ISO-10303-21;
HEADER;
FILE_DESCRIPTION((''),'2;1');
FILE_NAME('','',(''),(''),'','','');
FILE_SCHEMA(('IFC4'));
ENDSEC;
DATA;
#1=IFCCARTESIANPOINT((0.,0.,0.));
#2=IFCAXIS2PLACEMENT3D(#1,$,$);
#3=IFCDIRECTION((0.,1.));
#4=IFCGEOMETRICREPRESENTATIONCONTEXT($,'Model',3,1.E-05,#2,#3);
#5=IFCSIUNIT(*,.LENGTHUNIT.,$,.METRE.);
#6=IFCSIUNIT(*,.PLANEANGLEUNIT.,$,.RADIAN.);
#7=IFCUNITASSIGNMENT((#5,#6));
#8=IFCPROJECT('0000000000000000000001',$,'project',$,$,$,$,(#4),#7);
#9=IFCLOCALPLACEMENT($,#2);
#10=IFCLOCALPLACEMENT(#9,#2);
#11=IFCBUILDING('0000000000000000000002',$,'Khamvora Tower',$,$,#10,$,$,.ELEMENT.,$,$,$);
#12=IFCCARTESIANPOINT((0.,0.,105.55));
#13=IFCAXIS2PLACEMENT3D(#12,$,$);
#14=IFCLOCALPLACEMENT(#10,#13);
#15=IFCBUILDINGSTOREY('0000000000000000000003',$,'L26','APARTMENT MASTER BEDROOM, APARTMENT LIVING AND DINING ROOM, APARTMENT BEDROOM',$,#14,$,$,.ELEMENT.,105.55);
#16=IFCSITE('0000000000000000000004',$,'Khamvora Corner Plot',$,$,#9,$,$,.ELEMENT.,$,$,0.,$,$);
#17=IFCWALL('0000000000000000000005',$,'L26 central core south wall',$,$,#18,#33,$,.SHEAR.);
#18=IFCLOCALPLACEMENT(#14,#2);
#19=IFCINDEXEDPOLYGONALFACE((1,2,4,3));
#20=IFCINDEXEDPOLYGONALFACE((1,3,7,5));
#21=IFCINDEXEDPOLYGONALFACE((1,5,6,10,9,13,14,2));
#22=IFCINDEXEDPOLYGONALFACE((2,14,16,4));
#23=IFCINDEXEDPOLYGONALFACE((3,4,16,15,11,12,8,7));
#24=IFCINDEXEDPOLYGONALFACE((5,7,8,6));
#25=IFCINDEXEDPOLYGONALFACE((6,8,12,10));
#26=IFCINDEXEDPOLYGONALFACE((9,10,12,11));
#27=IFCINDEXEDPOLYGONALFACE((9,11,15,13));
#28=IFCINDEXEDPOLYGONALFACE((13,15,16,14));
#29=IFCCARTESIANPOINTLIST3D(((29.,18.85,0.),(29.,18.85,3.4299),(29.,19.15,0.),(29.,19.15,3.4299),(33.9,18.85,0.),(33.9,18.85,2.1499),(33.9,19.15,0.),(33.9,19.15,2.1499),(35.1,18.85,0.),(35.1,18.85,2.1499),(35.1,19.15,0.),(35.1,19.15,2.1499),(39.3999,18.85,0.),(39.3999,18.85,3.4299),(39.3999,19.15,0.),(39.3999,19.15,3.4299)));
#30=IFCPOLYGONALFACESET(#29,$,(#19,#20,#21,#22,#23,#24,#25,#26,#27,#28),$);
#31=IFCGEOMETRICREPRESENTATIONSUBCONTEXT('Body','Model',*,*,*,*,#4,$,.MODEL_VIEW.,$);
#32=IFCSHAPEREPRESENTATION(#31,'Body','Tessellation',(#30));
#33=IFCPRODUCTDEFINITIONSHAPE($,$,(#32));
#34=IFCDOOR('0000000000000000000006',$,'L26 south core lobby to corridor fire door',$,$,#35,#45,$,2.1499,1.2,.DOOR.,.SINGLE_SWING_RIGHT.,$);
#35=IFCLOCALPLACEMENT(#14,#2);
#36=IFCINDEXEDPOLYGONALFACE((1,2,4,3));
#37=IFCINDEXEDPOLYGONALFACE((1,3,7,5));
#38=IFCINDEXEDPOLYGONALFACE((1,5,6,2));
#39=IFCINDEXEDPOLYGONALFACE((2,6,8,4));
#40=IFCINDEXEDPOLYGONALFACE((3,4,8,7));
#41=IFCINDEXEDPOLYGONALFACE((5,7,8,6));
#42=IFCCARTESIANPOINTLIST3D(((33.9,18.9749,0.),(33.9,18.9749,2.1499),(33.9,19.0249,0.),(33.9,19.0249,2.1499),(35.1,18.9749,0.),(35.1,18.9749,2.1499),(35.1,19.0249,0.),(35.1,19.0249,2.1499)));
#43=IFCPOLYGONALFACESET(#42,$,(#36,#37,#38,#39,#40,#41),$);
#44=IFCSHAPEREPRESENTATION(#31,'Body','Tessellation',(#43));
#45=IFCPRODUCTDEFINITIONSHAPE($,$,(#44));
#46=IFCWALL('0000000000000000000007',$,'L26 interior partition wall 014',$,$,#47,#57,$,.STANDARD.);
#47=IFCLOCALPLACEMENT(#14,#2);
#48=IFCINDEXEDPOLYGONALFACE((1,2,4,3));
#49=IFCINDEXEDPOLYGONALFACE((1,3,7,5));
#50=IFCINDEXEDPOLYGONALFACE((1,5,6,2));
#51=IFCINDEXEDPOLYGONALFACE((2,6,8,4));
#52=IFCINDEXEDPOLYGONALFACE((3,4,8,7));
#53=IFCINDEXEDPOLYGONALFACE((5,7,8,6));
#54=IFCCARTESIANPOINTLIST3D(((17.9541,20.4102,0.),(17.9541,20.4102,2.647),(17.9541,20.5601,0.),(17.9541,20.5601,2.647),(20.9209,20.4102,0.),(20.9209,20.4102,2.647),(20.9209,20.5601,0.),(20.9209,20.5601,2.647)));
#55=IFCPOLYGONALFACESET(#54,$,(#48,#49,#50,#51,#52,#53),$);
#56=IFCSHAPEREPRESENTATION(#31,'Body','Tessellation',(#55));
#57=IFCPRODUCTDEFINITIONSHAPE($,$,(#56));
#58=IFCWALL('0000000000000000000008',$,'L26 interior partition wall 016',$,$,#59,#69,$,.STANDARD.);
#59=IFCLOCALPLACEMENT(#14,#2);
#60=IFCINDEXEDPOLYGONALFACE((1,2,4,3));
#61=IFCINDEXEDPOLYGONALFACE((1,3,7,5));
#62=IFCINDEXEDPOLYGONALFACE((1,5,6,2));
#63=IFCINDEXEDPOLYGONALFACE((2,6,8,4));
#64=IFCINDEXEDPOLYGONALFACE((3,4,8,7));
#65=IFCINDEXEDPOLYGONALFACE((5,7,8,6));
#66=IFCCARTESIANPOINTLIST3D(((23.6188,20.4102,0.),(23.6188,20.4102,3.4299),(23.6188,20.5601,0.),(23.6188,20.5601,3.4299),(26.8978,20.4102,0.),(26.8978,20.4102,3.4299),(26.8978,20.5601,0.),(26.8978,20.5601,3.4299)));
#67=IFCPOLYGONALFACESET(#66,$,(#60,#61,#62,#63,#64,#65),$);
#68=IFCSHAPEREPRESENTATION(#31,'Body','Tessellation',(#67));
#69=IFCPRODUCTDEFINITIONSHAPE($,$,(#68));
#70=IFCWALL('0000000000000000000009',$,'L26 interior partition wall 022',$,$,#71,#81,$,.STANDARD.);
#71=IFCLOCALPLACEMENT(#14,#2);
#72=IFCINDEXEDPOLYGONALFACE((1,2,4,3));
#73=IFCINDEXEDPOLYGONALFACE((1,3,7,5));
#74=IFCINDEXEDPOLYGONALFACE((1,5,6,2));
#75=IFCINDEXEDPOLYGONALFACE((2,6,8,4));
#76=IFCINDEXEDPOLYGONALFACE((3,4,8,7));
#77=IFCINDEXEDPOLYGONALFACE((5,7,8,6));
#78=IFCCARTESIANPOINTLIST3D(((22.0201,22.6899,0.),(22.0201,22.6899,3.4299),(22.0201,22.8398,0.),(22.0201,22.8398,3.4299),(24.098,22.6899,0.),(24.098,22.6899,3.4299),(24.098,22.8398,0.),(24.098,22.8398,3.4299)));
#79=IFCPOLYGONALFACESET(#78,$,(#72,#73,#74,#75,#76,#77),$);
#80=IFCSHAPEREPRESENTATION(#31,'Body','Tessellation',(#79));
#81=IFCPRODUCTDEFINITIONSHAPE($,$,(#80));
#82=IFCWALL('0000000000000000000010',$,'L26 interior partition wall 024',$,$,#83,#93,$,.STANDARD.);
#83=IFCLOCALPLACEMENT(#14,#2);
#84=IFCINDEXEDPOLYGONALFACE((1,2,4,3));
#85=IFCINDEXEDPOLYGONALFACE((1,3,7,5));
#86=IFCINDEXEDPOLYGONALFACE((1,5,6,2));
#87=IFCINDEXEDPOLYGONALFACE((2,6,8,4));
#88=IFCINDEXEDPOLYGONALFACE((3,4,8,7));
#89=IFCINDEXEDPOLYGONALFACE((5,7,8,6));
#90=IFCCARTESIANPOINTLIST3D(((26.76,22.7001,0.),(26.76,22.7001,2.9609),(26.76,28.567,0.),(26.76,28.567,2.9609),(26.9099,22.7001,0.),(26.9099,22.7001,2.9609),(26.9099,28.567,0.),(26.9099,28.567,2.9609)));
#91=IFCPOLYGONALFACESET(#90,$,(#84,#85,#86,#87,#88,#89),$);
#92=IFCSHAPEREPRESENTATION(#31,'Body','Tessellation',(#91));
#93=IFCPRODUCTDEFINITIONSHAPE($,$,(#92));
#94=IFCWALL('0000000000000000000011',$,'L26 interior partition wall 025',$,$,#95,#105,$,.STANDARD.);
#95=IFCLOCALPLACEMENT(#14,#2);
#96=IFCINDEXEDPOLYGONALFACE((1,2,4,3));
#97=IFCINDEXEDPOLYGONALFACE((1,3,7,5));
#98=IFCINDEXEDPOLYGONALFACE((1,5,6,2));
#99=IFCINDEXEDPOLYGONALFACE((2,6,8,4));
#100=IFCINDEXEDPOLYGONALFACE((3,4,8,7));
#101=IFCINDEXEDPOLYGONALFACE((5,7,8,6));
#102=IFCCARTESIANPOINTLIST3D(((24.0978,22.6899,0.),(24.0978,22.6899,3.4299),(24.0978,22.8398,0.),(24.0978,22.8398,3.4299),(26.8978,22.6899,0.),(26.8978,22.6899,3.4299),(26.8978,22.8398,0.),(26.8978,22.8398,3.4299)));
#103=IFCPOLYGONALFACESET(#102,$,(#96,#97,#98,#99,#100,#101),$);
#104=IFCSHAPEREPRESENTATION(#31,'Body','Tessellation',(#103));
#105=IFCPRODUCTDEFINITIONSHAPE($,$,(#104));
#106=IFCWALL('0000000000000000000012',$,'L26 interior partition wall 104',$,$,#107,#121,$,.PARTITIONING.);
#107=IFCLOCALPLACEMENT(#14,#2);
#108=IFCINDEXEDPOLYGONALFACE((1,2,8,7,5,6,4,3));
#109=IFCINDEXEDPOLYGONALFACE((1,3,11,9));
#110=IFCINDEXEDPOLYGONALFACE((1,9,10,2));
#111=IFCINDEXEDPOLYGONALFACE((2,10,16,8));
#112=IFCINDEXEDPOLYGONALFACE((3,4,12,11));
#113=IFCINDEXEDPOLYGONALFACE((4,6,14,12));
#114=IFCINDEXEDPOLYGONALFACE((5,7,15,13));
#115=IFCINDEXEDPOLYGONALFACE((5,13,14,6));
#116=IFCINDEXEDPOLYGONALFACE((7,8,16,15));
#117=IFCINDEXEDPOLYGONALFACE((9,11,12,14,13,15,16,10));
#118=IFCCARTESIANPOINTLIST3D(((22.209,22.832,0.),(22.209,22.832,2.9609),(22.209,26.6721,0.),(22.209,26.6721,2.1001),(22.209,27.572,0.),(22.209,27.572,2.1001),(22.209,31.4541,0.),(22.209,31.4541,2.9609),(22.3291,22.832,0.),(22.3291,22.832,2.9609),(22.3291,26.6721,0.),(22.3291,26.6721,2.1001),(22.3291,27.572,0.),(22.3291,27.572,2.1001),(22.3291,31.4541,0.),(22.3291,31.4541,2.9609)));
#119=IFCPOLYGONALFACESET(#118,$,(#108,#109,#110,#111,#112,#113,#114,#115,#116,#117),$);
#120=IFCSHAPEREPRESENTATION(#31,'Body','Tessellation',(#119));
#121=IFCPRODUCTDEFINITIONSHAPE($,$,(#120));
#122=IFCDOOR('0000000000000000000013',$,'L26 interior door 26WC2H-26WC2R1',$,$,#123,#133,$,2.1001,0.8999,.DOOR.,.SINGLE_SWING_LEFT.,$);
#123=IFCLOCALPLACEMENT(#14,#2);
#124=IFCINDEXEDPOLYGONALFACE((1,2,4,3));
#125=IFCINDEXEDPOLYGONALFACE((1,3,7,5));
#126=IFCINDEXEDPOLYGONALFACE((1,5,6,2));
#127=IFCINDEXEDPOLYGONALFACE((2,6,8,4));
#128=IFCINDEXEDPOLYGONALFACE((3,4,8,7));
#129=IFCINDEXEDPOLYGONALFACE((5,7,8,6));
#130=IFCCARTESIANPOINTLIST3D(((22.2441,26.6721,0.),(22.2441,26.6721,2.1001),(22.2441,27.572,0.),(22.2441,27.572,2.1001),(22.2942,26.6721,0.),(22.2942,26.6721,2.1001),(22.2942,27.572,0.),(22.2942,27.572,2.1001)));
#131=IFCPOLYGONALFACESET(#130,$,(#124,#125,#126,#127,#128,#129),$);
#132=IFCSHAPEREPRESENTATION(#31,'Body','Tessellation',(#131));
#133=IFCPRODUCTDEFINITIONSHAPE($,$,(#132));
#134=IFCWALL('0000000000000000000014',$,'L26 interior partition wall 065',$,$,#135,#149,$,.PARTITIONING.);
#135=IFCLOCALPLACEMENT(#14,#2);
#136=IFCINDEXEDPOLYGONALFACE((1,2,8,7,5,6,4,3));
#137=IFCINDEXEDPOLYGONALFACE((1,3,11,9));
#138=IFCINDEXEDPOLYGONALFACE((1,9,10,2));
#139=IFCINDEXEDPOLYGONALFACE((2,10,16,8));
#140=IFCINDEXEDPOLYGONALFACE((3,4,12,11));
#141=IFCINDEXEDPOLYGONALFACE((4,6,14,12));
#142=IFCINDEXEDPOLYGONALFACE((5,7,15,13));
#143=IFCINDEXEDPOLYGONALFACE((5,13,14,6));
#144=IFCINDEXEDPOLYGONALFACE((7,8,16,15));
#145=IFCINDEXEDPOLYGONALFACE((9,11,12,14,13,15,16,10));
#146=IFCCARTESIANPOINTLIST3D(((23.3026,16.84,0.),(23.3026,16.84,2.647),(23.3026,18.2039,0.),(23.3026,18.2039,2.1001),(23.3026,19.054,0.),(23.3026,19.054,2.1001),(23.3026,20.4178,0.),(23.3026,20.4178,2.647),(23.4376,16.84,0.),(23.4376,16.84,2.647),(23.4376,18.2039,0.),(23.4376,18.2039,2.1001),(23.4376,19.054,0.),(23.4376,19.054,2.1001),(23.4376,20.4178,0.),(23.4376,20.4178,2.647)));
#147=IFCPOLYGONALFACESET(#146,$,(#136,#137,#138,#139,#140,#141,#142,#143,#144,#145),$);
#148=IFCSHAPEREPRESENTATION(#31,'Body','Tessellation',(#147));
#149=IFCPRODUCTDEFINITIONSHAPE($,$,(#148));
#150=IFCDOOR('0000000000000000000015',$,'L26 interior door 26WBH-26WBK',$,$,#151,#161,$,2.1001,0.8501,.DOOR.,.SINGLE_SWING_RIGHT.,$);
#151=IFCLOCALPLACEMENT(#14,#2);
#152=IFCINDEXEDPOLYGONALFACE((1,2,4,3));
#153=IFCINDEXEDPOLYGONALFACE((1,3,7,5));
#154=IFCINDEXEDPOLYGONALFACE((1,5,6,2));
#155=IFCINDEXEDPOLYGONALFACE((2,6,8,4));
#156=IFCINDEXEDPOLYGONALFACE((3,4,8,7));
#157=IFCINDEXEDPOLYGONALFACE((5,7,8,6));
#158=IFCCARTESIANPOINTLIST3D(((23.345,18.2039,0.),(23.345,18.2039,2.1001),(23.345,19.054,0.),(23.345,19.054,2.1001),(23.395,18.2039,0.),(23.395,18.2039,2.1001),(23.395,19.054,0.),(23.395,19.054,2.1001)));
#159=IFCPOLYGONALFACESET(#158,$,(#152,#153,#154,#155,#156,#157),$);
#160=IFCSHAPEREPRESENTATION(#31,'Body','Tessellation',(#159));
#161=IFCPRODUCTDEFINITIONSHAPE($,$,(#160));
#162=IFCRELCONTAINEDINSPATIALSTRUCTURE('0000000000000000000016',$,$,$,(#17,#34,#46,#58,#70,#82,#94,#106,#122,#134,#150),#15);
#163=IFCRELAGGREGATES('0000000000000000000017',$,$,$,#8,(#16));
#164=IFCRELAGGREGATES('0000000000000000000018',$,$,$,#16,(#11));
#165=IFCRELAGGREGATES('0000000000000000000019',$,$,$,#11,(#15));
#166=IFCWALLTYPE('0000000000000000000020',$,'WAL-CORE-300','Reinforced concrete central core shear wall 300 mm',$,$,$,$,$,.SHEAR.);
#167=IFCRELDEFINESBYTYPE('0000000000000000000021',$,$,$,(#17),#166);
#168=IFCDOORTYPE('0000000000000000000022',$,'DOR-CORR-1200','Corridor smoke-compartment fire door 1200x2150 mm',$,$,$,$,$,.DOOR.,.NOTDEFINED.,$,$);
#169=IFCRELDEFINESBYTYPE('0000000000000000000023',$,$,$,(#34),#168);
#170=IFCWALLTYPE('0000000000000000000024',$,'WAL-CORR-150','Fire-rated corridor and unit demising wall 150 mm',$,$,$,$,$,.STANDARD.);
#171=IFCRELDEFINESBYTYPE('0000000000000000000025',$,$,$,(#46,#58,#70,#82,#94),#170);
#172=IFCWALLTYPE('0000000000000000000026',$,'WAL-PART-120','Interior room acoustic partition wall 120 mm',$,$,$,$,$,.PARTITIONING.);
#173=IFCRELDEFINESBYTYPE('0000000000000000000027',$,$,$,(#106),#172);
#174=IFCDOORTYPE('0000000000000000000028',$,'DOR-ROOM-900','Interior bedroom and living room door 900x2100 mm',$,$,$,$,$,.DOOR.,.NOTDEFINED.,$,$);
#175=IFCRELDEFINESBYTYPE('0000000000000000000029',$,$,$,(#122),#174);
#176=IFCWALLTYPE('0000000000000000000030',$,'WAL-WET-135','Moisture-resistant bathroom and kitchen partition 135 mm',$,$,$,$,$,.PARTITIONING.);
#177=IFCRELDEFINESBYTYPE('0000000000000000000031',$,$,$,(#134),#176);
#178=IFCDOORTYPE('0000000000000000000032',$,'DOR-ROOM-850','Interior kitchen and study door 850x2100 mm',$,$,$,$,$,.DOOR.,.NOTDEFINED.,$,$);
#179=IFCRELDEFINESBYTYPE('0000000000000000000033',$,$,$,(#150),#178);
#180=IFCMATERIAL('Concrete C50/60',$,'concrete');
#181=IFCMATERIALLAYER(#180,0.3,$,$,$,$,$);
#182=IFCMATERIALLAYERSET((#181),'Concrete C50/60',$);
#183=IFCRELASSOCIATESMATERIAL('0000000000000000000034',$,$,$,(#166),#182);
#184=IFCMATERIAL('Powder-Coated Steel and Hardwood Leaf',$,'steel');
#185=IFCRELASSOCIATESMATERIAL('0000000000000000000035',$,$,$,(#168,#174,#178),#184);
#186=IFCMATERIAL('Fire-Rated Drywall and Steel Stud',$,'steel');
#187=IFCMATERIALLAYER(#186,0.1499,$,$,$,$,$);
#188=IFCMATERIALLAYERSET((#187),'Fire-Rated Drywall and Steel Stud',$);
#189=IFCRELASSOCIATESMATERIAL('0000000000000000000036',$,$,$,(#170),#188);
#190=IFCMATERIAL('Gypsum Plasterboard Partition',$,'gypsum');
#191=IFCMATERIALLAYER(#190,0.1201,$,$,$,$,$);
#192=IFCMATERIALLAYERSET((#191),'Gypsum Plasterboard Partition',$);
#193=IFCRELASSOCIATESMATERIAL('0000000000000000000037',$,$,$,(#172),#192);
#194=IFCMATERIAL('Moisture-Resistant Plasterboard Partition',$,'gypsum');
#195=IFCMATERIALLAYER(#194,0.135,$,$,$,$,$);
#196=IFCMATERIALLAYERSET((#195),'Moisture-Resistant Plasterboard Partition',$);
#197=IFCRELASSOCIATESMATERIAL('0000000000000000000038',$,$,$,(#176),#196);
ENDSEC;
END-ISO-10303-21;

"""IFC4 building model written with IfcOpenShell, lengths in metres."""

from ifc_helpers import new_model, si_unit, direction, frame, frame_2d, origin, place, context, subcontext, project, spatial, rectangle, extrude, material, layer, layer_set, type_object, element, fill, save


model = new_model("IFC4")

# Units and contexts
model_context = context("Model", 3, precision=1e-05, world=origin(), true_north=direction((0.0, 1.0)))
body_context = subcontext(model_context, "Body", "Model", "MODEL_VIEW")
ifc_project = project(units=[si_unit("LENGTHUNIT", "METRE"), si_unit("PLANEANGLEUNIT", "RADIAN")], contexts=[model_context])

# Site, building, storey
site_placement = place(None, origin())
site = spatial("IfcSite", under=ifc_project, at=site_placement, Name="Khamvora Corner Plot", CompositionType="ELEMENT", RefElevation=0.0)
building_placement = place(site_placement, origin())
building = spatial("IfcBuilding", under=site, at=building_placement, Name="Khamvora Tower", CompositionType="ELEMENT")
storey_placement = place(building_placement, frame((0.0, 0.0, 105.55)))
storey = spatial("IfcBuildingStorey", under=building, at=storey_placement, Name="L26", Description="APARTMENT MASTER BEDROOM, APARTMENT LIVING AND DINING ROOM, APARTMENT BEDROOM", CompositionType="ELEMENT", Elevation=105.55)

# Shared definitions
ifc_material_1 = material(Name="Concrete C50/60", Category="concrete")
ifc_layer_1 = layer(ifc_material_1, 0.3)
ifc_layer_set_1 = layer_set([ifc_layer_1], Name="Concrete C50/60")
wall_type_1 = type_object("IfcWallType", Name="WAL-CORE-300", Description="Reinforced concrete central core shear wall 300 mm", PredefinedType="SHEAR", material=ifc_layer_set_1)

# Wall, opening, door
wall_1_placement = place(storey_placement, frame((29.0, 19.0, 0.0), z_axis=(0.0, 0.0, 1.0), x_axis=(1.0, 0.0, 0.0)))
wall_1 = element("IfcWall", 1, at=wall_1_placement, inside=storey, type_object=wall_type_1, Name="L26 central core south wall", PredefinedType="SHEAR", context=body_context, shape_type="SweptSolid", body=[
    extrude(rectangle(XDim=10.3999, YDim=0.3, at=frame_2d((5.2, 0.0))), origin(), (0.0, 0.0, 1.0), 3.4299),
])
opening_1_placement = place(wall_1_placement, frame((4.8999, 0.0, 0.0)))
opening_1 = element("IfcOpeningElement", 2, at=opening_1_placement, cuts=wall_1, PredefinedType="OPENING", context=body_context, shape_type="SweptSolid", body=[
    extrude(rectangle(XDim=1.2, YDim=2.1499, at=frame_2d((0.6001, 1.075))), frame((0.0, 0.1599, 0.0), z_axis=(0.0, -1.0, 0.0), x_axis=(1.0, 0.0, 0.0)), (0.0, 0.0, 1.0), 0.3201),
])
ifc_material_2 = material(Name="Powder-Coated Steel and Hardwood Leaf", Category="steel")
door_type_1 = type_object("IfcDoorType", Name="DOR-CORR-1200", Description="Corridor smoke-compartment fire door 1200x2150 mm", OperationType="NOTDEFINED", PredefinedType="DOOR", material=ifc_material_2)
door_1_placement = place(opening_1_placement, origin())
door_1 = element("IfcDoor", 3, at=door_1_placement, inside=storey, type_object=door_type_1, Name="L26 south core lobby to corridor fire door", OperationType="SINGLE_SWING_RIGHT", OverallHeight=2.1499, OverallWidth=1.2, PredefinedType="DOOR", context=body_context, shape_type="SweptSolid", body=[
    extrude(rectangle(XDim=1.2, YDim=2.1499, at=frame_2d((0.6001, 1.075))), frame((0.0, 0.0249, 0.0), z_axis=(0.0, -1.0, 0.0), x_axis=(1.0, 0.0, 0.0)), (0.0, 0.0, 1.0), 0.05),
])
fill(opening_1, door_1)
ifc_material_3 = material(Name="Fire-Rated Drywall and Steel Stud", Category="steel")
ifc_layer_2 = layer(ifc_material_3, 0.1499)
ifc_layer_set_2 = layer_set([ifc_layer_2], Name="Fire-Rated Drywall and Steel Stud")
wall_type_2 = type_object("IfcWallType", Name="WAL-CORR-150", Description="Fire-rated corridor and unit demising wall 150 mm", PredefinedType="STANDARD", material=ifc_layer_set_2)

# Walls
wall_2_placement = place(storey_placement, frame((20.9209, 20.4851, 0.0), z_axis=(0.0, 0.0, 1.0), x_axis=(-1.0, 0.0, 0.0)))
element("IfcWall", 4, at=wall_2_placement, inside=storey, type_object=wall_type_2, Name="L26 interior partition wall 014", PredefinedType="STANDARD", context=body_context, shape_type="SweptSolid", body=[
    extrude(rectangle(XDim=2.9668, YDim=0.1499, at=frame_2d((1.4834, 0.0))), origin(), (0.0, 0.0, 1.0), 2.647),
])
wall_3_placement = place(storey_placement, frame((26.8979, 20.4851, 0.0), z_axis=(0.0, 0.0, 1.0), x_axis=(-1.0, 0.0, 0.0)))
element("IfcWall", 5, at=wall_3_placement, inside=storey, type_object=wall_type_2, Name="L26 interior partition wall 016", PredefinedType="STANDARD", context=body_context, shape_type="SweptSolid", body=[
    extrude(rectangle(XDim=3.2791, YDim=0.1499, at=frame_2d((1.6396, 0.0))), origin(), (0.0, 0.0, 1.0), 3.4299),
])
wall_4_placement = place(storey_placement, frame((22.02, 22.7649, 0.0), z_axis=(0.0, 0.0, 1.0), x_axis=(1.0, 0.0, 0.0)))
element("IfcWall", 6, at=wall_4_placement, inside=storey, type_object=wall_type_2, Name="L26 interior partition wall 022", PredefinedType="STANDARD", context=body_context, shape_type="SweptSolid", body=[
    extrude(rectangle(XDim=2.0779, YDim=0.1499, at=frame_2d((1.0391, 0.0))), origin(), (0.0, 0.0, 1.0), 3.4299),
])
wall_5_placement = place(storey_placement, frame((26.835, 22.7, 0.0), z_axis=(0.0, 0.0, 1.0), x_axis=(0.0, 1.0, 0.0)))
element("IfcWall", 7, at=wall_5_placement, inside=storey, type_object=wall_type_2, Name="L26 interior partition wall 024", PredefinedType="STANDARD", context=body_context, shape_type="SweptSolid", body=[
    extrude(rectangle(XDim=5.8669, YDim=0.1499, at=frame_2d((2.9336, 0.0))), origin(), (0.0, 0.0, 1.0), 2.9609),
])
wall_6_placement = place(storey_placement, frame((24.0979, 22.7649, 0.0), z_axis=(0.0, 0.0, 1.0), x_axis=(1.0, 0.0, 0.0)))
element("IfcWall", 8, at=wall_6_placement, inside=storey, type_object=wall_type_2, Name="L26 interior partition wall 025", PredefinedType="STANDARD", context=body_context, shape_type="SweptSolid", body=[
    extrude(rectangle(XDim=2.8, YDim=0.1499, at=frame_2d((1.3999, 0.0))), origin(), (0.0, 0.0, 1.0), 3.4299),
])

# Walls, openings, doors
ifc_material_4 = material(Name="Gypsum Plasterboard Partition", Category="gypsum")
ifc_layer_3 = layer(ifc_material_4, 0.1201)
ifc_layer_set_3 = layer_set([ifc_layer_3], Name="Gypsum Plasterboard Partition")
wall_type_3 = type_object("IfcWallType", Name="WAL-PART-120", Description="Interior room acoustic partition wall 120 mm", PredefinedType="PARTITIONING", material=ifc_layer_set_3)
wall_7_placement = place(storey_placement, frame((22.269, 22.832, 0.0), z_axis=(0.0, 0.0, 1.0), x_axis=(0.0, 1.0, 0.0)))
wall_7 = element("IfcWall", 9, at=wall_7_placement, inside=storey, type_object=wall_type_3, Name="L26 interior partition wall 104", PredefinedType="PARTITIONING", context=body_context, shape_type="SweptSolid", body=[
    extrude(rectangle(XDim=8.6221, YDim=0.1201, at=frame_2d((4.311, 0.0))), origin(), (0.0, 0.0, 1.0), 2.9609),
])
opening_2_placement = place(wall_7_placement, frame((3.8401, 0.0, 0.0)))
opening_2 = element("IfcOpeningElement", 10, at=opening_2_placement, cuts=wall_7, PredefinedType="OPENING", context=body_context, shape_type="SweptSolid", body=[
    extrude(rectangle(XDim=0.8999, YDim=2.1001, at=frame_2d((0.45, 1.05))), frame((0.0, 0.0701, 0.0), z_axis=(0.0, -1.0, 0.0), x_axis=(1.0, 0.0, 0.0)), (0.0, 0.0, 1.0), 0.1401),
])
door_type_2 = type_object("IfcDoorType", Name="DOR-ROOM-900", Description="Interior bedroom and living room door 900x2100 mm", OperationType="NOTDEFINED", PredefinedType="DOOR", material=ifc_material_2)
door_2_placement = place(opening_2_placement, origin())
door_2 = element("IfcDoor", 11, at=door_2_placement, inside=storey, type_object=door_type_2, Name="L26 interior door 26WC2H-26WC2R1", OperationType="SINGLE_SWING_LEFT", OverallHeight=2.1001, OverallWidth=0.8999, PredefinedType="DOOR", context=body_context, shape_type="SweptSolid", body=[
    extrude(rectangle(XDim=0.8999, YDim=2.1001, at=frame_2d((0.45, 1.05))), frame((0.0, 0.0249, 0.0), z_axis=(0.0, -1.0, 0.0), x_axis=(1.0, 0.0, 0.0)), (0.0, 0.0, 1.0), 0.05),
])
fill(opening_2, door_2)
ifc_material_5 = material(Name="Moisture-Resistant Plasterboard Partition", Category="gypsum")
ifc_layer_4 = layer(ifc_material_5, 0.135)
ifc_layer_set_4 = layer_set([ifc_layer_4], Name="Moisture-Resistant Plasterboard Partition")
wall_type_4 = type_object("IfcWallType", Name="WAL-WET-135", Description="Moisture-resistant bathroom and kitchen partition 135 mm", PredefinedType="PARTITIONING", material=ifc_layer_set_4)
wall_8_placement = place(storey_placement, frame((23.3701, 20.418, 0.0), z_axis=(0.0, 0.0, 1.0), x_axis=(0.0, -1.0, 0.0)))
wall_8 = element("IfcWall", 12, at=wall_8_placement, inside=storey, type_object=wall_type_4, Name="L26 interior partition wall 065", PredefinedType="PARTITIONING", context=body_context, shape_type="SweptSolid", body=[
    extrude(rectangle(XDim=3.5779, YDim=0.135, at=frame_2d((1.7891, 0.0))), origin(), (0.0, 0.0, 1.0), 2.647),
])
opening_3_placement = place(wall_8_placement, frame((1.364, 0.0, 0.0)))
opening_3 = element("IfcOpeningElement", 13, at=opening_3_placement, cuts=wall_8, PredefinedType="OPENING", context=body_context, shape_type="SweptSolid", body=[
    extrude(rectangle(XDim=0.8501, YDim=2.1001, at=frame_2d((0.425, 1.05))), frame((0.0, 0.0774, 0.0), z_axis=(0.0, -1.0, 0.0), x_axis=(1.0, 0.0, 0.0)), (0.0, 0.0, 1.0), 0.155),
])
door_type_3 = type_object("IfcDoorType", Name="DOR-ROOM-850", Description="Interior kitchen and study door 850x2100 mm", OperationType="NOTDEFINED", PredefinedType="DOOR", material=ifc_material_2)
door_3_placement = place(opening_3_placement, origin())
door_3 = element("IfcDoor", 14, at=door_3_placement, inside=storey, type_object=door_type_3, Name="L26 interior door 26WBH-26WBK", OperationType="SINGLE_SWING_RIGHT", OverallHeight=2.1001, OverallWidth=0.8501, PredefinedType="DOOR", context=body_context, shape_type="SweptSolid", body=[
    extrude(rectangle(XDim=0.8501, YDim=2.1001, at=frame_2d((0.425, 1.05))), frame((0.0, 0.0249, 0.0), z_axis=(0.0, -1.0, 0.0), x_axis=(1.0, 0.0, 0.0)), (0.0, 0.0, 1.0), 0.05),
])
fill(opening_3, door_3)

save(model, "model.ifc")
